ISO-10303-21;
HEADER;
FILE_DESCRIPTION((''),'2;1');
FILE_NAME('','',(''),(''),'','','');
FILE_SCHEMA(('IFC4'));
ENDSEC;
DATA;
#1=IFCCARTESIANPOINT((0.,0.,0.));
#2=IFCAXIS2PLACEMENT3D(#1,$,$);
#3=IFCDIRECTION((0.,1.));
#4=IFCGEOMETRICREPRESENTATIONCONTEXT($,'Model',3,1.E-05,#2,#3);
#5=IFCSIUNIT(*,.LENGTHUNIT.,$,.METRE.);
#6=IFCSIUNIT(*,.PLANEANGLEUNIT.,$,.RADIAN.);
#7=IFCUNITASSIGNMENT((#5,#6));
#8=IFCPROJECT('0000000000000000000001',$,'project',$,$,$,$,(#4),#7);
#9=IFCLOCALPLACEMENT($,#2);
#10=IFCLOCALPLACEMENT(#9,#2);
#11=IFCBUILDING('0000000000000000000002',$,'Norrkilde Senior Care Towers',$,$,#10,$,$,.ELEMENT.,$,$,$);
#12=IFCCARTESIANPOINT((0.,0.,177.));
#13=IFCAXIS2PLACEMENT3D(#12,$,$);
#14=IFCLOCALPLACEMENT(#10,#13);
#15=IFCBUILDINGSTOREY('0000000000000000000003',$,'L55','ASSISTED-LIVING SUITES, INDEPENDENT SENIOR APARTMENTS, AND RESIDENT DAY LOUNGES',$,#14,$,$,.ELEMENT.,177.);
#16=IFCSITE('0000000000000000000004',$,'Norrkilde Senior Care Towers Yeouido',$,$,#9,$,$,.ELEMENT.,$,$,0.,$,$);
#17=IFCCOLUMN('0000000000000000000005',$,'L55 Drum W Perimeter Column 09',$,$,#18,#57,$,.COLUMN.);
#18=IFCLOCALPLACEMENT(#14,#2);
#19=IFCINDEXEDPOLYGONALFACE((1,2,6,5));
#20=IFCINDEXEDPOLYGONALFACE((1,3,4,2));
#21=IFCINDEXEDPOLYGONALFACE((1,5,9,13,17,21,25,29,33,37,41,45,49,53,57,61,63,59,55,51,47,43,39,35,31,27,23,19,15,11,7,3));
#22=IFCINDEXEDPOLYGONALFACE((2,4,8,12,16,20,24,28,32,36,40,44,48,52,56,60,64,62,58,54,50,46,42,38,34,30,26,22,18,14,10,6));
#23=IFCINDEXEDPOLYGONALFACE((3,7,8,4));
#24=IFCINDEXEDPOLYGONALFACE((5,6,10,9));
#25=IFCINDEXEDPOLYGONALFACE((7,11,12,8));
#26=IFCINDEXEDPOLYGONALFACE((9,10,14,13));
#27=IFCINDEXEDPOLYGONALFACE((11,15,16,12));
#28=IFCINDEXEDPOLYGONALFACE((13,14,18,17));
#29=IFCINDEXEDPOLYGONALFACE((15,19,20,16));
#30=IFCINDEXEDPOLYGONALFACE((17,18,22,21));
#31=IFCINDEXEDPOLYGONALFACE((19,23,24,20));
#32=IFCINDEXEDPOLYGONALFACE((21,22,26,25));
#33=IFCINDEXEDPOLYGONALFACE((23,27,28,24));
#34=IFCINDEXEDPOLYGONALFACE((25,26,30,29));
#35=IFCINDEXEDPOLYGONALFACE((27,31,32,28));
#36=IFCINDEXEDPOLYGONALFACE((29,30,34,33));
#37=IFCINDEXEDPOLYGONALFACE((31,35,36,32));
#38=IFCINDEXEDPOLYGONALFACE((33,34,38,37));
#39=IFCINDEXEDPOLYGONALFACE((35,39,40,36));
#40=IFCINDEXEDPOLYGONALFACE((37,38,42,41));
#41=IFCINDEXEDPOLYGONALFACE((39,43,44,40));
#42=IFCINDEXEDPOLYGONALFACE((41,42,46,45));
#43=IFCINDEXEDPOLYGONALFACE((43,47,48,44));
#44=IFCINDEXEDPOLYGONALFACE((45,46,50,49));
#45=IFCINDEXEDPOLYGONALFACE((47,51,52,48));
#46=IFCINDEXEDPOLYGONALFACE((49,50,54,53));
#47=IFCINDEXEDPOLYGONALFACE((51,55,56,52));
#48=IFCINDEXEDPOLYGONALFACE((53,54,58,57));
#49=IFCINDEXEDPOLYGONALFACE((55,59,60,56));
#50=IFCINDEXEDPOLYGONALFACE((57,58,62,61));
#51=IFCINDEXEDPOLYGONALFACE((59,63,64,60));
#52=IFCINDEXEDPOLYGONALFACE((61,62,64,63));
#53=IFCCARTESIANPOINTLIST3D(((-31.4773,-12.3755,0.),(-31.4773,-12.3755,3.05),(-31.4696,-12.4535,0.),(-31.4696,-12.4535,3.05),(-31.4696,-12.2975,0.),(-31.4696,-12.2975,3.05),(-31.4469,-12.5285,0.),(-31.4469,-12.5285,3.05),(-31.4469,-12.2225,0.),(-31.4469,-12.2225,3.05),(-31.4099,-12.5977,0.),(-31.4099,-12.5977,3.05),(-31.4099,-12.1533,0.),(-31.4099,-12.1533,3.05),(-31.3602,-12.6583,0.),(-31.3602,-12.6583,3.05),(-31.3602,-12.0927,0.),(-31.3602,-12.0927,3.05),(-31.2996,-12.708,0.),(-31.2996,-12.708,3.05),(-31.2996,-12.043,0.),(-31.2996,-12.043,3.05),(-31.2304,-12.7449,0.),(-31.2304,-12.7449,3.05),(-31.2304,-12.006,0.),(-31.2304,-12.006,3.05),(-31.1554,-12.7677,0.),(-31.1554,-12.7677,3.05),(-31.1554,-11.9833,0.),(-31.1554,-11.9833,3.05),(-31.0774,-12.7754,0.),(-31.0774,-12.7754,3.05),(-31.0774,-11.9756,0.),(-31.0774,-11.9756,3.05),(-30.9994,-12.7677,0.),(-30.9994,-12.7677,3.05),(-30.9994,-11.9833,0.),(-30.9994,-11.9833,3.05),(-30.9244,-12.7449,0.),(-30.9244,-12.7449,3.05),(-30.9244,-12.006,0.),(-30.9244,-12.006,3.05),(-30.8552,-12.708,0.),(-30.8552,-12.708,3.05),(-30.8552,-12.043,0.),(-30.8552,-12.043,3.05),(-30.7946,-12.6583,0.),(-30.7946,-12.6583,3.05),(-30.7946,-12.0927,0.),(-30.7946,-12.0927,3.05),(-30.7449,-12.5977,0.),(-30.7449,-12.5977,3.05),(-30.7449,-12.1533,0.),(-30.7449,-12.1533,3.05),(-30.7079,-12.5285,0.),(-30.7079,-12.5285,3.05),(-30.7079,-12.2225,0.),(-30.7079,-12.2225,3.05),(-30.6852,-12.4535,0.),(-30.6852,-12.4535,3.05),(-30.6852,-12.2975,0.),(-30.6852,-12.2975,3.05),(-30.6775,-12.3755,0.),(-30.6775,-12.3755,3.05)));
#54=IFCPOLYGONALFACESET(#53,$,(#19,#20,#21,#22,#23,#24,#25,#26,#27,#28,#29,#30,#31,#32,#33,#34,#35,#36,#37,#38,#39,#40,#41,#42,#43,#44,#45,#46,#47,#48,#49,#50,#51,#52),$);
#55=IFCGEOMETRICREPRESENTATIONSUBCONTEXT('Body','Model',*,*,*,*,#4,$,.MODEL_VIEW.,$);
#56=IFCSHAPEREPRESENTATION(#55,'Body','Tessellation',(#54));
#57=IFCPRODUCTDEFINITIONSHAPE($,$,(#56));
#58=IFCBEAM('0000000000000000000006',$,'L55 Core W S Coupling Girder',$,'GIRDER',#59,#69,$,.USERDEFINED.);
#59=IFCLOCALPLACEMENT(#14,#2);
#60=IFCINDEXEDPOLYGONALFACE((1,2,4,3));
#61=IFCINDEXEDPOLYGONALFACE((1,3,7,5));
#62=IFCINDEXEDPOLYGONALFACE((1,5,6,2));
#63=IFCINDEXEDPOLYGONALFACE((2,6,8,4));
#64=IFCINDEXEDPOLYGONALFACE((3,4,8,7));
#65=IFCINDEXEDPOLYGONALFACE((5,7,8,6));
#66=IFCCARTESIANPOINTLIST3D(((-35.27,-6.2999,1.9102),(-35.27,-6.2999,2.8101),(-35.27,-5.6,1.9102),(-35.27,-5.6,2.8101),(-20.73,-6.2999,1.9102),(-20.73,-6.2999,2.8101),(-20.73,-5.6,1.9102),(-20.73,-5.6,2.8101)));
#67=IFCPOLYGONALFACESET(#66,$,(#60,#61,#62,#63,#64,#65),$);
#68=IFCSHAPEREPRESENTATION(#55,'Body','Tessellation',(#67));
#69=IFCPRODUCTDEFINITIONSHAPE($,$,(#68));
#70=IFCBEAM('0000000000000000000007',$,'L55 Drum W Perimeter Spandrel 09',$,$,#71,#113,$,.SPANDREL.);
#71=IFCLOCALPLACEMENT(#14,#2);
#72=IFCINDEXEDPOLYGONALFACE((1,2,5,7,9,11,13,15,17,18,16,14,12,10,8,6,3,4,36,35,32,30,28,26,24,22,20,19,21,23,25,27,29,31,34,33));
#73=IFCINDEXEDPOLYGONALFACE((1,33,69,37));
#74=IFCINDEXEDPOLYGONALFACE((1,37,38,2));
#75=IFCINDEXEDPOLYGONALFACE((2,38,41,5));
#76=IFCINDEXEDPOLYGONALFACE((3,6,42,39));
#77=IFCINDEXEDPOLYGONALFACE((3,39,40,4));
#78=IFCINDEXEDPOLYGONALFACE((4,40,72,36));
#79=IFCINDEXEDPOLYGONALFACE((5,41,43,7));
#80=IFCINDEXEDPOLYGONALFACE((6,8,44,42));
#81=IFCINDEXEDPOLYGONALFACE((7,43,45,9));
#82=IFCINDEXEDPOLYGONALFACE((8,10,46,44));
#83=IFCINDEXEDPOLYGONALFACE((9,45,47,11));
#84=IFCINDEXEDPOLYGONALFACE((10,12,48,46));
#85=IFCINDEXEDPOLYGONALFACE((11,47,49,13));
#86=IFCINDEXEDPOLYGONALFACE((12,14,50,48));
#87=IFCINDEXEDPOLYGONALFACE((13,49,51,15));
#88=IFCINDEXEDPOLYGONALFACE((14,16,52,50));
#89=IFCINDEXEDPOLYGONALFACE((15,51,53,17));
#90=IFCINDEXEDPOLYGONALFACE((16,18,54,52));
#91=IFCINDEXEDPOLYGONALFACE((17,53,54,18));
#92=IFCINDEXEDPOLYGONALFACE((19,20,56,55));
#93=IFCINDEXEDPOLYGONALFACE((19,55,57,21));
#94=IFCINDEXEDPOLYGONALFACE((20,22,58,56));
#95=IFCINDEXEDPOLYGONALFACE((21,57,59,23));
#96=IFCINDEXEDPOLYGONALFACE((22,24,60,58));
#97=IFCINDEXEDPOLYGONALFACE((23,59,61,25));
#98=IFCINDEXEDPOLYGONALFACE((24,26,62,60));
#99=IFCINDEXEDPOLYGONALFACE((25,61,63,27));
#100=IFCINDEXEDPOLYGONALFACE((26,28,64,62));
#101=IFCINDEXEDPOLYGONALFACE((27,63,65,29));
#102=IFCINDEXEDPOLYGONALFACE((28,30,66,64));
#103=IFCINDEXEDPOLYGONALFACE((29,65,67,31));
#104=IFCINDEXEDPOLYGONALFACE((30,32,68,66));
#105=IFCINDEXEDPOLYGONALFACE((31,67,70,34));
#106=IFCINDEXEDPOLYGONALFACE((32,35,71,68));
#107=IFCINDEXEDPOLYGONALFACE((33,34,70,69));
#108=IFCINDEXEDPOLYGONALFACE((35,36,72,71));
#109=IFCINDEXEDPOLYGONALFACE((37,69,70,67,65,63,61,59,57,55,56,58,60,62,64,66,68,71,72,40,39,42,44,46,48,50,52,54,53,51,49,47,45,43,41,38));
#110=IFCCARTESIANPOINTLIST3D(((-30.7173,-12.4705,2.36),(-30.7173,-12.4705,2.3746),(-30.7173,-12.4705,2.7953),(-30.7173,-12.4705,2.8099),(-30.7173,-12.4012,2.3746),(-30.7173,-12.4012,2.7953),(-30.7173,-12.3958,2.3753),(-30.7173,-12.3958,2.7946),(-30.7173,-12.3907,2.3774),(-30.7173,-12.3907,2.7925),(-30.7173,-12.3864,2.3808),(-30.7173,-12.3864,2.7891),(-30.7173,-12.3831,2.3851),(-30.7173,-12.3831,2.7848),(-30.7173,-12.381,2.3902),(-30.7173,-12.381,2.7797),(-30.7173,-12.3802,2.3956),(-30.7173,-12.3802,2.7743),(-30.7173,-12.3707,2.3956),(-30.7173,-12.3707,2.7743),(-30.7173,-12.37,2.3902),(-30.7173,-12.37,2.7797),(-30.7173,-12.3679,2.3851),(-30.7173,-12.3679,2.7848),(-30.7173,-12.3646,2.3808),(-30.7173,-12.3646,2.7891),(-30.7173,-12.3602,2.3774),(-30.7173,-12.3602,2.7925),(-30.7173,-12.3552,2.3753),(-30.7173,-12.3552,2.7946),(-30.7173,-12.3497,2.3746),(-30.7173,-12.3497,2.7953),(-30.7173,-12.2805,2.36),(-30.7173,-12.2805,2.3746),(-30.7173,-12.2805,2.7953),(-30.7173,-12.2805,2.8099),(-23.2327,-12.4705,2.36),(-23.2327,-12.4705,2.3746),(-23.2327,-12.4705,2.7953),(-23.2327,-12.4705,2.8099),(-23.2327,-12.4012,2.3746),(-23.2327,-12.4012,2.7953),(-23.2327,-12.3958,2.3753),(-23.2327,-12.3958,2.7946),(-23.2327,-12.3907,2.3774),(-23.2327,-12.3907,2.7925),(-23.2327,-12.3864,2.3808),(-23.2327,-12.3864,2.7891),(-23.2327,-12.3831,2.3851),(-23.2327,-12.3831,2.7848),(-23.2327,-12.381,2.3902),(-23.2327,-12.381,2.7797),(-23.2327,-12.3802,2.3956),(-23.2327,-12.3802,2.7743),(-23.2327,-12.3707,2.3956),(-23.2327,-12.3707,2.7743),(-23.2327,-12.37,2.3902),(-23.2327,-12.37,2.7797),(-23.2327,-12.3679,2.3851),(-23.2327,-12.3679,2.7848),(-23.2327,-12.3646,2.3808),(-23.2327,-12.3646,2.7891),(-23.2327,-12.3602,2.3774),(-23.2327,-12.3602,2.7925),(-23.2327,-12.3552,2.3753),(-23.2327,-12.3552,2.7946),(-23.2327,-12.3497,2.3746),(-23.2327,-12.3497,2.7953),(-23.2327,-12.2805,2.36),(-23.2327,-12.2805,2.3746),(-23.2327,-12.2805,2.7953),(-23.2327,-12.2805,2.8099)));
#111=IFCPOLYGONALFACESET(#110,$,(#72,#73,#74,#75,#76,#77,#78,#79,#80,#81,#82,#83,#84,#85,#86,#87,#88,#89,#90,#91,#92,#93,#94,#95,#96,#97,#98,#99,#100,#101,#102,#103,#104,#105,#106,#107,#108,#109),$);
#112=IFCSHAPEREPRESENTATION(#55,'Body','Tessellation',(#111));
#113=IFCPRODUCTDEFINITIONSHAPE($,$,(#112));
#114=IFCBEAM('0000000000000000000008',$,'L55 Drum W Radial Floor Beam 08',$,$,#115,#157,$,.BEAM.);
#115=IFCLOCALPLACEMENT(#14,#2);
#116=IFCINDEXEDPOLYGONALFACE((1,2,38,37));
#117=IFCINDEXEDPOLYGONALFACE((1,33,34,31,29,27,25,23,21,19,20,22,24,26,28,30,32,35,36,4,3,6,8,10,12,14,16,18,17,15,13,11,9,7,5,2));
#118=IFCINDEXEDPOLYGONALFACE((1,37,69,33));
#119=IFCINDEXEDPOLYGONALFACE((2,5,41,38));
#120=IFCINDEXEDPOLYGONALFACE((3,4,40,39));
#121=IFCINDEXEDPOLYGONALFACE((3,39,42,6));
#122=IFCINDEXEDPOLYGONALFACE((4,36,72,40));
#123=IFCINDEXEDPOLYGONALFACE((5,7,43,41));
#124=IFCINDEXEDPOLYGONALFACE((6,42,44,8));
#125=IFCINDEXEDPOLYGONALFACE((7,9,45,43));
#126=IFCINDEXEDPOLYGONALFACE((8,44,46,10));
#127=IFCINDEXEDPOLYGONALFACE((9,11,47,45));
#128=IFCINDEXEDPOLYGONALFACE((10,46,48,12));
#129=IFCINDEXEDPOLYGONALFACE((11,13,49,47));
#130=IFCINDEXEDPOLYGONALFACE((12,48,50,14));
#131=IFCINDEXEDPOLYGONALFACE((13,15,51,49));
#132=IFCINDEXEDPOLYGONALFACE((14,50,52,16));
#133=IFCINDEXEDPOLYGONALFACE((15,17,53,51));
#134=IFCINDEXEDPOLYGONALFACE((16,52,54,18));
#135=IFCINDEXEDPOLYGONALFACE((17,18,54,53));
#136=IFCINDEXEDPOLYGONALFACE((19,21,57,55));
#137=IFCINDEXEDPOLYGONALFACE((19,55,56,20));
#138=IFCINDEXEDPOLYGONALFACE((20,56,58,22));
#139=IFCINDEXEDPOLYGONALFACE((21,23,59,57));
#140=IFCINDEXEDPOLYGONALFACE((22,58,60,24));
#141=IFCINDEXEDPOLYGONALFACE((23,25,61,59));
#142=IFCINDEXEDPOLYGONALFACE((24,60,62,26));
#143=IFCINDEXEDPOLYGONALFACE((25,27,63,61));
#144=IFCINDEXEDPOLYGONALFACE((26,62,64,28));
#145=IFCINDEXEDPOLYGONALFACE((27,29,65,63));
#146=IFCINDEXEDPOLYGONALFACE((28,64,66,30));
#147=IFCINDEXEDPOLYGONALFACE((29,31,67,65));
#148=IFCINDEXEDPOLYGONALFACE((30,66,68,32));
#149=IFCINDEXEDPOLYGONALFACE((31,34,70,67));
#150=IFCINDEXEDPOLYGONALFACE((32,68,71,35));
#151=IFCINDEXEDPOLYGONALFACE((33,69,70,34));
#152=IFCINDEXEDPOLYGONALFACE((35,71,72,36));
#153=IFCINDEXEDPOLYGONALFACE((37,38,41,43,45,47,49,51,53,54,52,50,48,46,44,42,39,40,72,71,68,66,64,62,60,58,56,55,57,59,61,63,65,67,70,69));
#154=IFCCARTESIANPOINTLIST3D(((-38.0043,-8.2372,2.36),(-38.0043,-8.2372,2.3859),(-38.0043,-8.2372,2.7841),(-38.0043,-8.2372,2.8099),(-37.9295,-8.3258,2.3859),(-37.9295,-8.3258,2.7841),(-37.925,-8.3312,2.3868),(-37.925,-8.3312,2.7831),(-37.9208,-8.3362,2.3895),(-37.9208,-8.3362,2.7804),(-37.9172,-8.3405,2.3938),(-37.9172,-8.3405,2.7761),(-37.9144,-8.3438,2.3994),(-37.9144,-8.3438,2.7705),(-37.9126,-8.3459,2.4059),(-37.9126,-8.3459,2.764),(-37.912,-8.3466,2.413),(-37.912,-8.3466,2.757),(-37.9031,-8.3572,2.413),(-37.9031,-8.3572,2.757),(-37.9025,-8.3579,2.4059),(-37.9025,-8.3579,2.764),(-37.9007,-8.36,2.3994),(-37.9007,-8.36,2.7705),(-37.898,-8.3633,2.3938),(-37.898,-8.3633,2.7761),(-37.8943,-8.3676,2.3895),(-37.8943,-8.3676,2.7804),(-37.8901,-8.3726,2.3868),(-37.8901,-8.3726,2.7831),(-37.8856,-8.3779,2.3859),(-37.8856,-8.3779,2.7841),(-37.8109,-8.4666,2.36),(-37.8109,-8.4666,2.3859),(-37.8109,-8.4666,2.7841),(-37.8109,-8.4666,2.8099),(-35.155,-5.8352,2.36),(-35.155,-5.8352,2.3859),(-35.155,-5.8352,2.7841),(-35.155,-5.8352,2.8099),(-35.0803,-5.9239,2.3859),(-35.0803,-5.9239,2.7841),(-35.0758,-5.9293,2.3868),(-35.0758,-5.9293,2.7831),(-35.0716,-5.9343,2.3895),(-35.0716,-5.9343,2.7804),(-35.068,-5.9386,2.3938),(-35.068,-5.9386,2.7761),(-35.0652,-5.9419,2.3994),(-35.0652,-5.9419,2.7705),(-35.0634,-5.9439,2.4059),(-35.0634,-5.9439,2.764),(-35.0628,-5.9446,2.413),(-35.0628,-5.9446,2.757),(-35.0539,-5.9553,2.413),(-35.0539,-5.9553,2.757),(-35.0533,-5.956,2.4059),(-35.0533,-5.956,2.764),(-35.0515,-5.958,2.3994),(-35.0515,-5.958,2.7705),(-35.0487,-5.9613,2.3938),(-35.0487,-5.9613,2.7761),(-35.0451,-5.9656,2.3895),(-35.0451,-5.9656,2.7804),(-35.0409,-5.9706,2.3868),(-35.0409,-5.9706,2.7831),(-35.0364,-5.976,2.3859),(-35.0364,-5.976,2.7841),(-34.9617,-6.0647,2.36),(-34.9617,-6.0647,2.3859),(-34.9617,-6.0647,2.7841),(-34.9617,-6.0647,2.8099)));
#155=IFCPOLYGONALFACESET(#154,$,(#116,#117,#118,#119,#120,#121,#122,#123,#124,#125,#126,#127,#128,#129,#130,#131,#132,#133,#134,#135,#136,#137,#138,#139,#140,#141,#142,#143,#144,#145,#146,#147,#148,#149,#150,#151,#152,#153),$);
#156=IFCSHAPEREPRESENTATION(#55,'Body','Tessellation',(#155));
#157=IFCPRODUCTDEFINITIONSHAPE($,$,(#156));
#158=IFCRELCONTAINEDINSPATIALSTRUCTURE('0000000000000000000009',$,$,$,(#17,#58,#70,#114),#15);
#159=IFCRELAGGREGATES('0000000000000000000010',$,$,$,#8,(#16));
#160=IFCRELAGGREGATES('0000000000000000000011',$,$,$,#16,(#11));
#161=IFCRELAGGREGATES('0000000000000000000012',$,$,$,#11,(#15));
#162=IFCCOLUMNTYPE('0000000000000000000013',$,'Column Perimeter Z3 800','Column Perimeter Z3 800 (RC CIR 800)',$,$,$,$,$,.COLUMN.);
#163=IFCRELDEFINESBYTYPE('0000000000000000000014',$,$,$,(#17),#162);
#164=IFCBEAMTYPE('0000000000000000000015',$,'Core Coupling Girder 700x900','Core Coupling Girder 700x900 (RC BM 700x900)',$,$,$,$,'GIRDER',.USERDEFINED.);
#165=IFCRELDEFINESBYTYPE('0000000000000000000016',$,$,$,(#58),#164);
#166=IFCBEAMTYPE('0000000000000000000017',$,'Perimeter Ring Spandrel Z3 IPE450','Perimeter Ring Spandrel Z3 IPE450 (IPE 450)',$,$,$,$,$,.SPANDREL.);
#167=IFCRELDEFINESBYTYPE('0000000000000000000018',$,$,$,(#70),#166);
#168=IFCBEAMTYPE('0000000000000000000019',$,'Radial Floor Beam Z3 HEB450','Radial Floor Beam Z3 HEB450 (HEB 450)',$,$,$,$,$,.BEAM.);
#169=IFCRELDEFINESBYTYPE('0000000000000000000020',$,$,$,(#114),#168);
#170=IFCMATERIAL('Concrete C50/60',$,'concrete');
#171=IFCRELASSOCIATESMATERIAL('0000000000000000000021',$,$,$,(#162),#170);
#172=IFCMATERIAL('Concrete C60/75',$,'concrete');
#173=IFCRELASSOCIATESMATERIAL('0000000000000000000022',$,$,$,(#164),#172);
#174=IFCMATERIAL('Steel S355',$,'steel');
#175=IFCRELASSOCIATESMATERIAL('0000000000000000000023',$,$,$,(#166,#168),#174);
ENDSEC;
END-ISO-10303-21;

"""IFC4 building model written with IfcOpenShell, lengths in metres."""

from ifc_helpers import new_model, si_unit, direction, frame, origin, origin_2d, place, context, subcontext, project, spatial, rectangle, circle, i_section, extrude, source, transform, mapped, material, material_profile, profile_set, type_object, type_shapes, element, save


model = new_model("IFC4")

# Units and contexts
model_context = context("Model", 3, precision=1e-05, world=origin(), true_north=direction((0.0, 1.0)))
body_context = subcontext(model_context, "Body", "Model", "MODEL_VIEW")
ifc_project = project(units=[si_unit("LENGTHUNIT", "METRE"), si_unit("PLANEANGLEUNIT", "RADIAN")], contexts=[model_context])

# Site, building, storey
site_placement = place(None, origin())
site = spatial("IfcSite", under=ifc_project, at=site_placement, Name="Norrkilde Senior Care Towers Yeouido", CompositionType="ELEMENT", RefElevation=0.0)
building_placement = place(site_placement, origin())
building = spatial("IfcBuilding", under=site, at=building_placement, Name="Norrkilde Senior Care Towers", CompositionType="ELEMENT")
storey_placement = place(building_placement, frame((0.0, 0.0, 177.0)))
storey = spatial("IfcBuildingStorey", under=building, at=storey_placement, Name="L55", Description="ASSISTED-LIVING SUITES, INDEPENDENT SENIOR APARTMENTS, AND RESIDENT DAY LOUNGES", CompositionType="ELEMENT", Elevation=177.0)

# Column
ifc_material_1 = material(Name="Concrete C50/60", Category="concrete")
ifc_material_profile_1 = material_profile(ifc_material_1, circle(Radius=0.3999, at=origin_2d()), Name="RC CIR 800")
ifc_profile_set_1 = profile_set([ifc_material_profile_1], Name="Concrete C50/60")
column_type = type_object("IfcColumnType", Name="Column Perimeter Z3 800", Description="Column Perimeter Z3 800 (RC CIR 800)", PredefinedType="COLUMN", material=ifc_profile_set_1)
shared_shape_1 = source(origin(), body_context, "Body", "SweptSolid", [
    extrude(circle(Radius=0.3999, at=origin_2d()), origin(), (0.0, 0.0, 1.0), 3.05),
])
type_shapes(column_type, [shared_shape_1])
column_placement = place(storey_placement, frame((-31.0774, -12.3755, 0.0), z_axis=(0.0, 0.0, 1.0), x_axis=(1.0, 0.0, 0.0)))
element("IfcColumn", 1, at=column_placement, inside=storey, type_object=column_type, Name="L55 Drum W Perimeter Column 09", PredefinedType="COLUMN", context=body_context, shape_type="MappedRepresentation", body=[
    mapped(shared_shape_1, transform((0.0, 0.0, 0.0), x_axis=(1.0, 0.0, 0.0), y_axis=(0.0, 1.0, 0.0), z_axis=(0.0, 0.0, 1.0), scale=1.0)),
])

# Beams
ifc_material_2 = material(Name="Concrete C60/75", Category="concrete")
ifc_material_profile_2 = material_profile(ifc_material_2, rectangle(XDim=0.7, YDim=0.8999, at=origin_2d()), Name="RC BM 700x900")
ifc_profile_set_2 = profile_set([ifc_material_profile_2], Name="Concrete C60/75")
beam_type_1 = type_object("IfcBeamType", Name="Core Coupling Girder 700x900", Description="Core Coupling Girder 700x900 (RC BM 700x900)", ElementType="GIRDER", PredefinedType="USERDEFINED", material=ifc_profile_set_2)
shared_shape_2 = source(origin(), body_context, "Body", "SweptSolid", [
    extrude(rectangle(XDim=0.7, YDim=0.8999, at=origin_2d()), origin(), (0.0, 0.0, 1.0), 14.54),
])
type_shapes(beam_type_1, [shared_shape_2])
beam_1_placement = place(storey_placement, frame((-35.27, -5.95, 2.3601), z_axis=(1.0, 0.0, 0.0), x_axis=(0.0, 1.0, 0.0)))
element("IfcBeam", 2, at=beam_1_placement, inside=storey, type_object=beam_type_1, Name="L55 Core W S Coupling Girder", ObjectType="GIRDER", PredefinedType="USERDEFINED", context=body_context, shape_type="MappedRepresentation", body=[
    mapped(shared_shape_2, transform((0.0, 0.0, 0.0), x_axis=(1.0, 0.0, 0.0), y_axis=(0.0, 1.0, 0.0), z_axis=(0.0, 0.0, 1.0), scale=1.0)),
])
ifc_material_3 = material(Name="Steel S355", Category="steel")
ifc_material_profile_3 = material_profile(ifc_material_3, i_section(OverallWidth=0.1899, OverallDepth=0.45, WebThickness=0.0095, FlangeThickness=0.0146, FilletRadius=0.021, at=origin_2d()), Name="IPE 450")
ifc_profile_set_3 = profile_set([ifc_material_profile_3], Name="Steel S355")
beam_type_2 = type_object("IfcBeamType", Name="Perimeter Ring Spandrel Z3 IPE450", Description="Perimeter Ring Spandrel Z3 IPE450 (IPE 450)", PredefinedType="SPANDREL", material=ifc_profile_set_3)
shared_shape_3 = source(origin(), body_context, "Body", "SweptSolid", [
    extrude(i_section(OverallWidth=0.1899, OverallDepth=0.45, WebThickness=0.0095, FlangeThickness=0.0146, FilletRadius=0.021, at=origin_2d()), origin(), (0.0, 0.0, 1.0), 7.4846),
])
type_shapes(beam_type_2, [shared_shape_3])
beam_2_placement = place(storey_placement, frame((-30.7173, -12.3755, 2.585), z_axis=(1.0, 0.0, 0.0), x_axis=(0.0, 1.0, 0.0)))
element("IfcBeam", 3, at=beam_2_placement, inside=storey, type_object=beam_type_2, Name="L55 Drum W Perimeter Spandrel 09", PredefinedType="SPANDREL", context=body_context, shape_type="MappedRepresentation", body=[
    mapped(shared_shape_3, transform((0.0, 0.0, 0.0), x_axis=(1.0, 0.0, 0.0), y_axis=(0.0, 1.0, 0.0), z_axis=(0.0, 0.0, 1.0), scale=1.0)),
])
ifc_material_profile_4 = material_profile(ifc_material_3, i_section(OverallWidth=0.3, OverallDepth=0.45, WebThickness=0.0139, FlangeThickness=0.0259, FilletRadius=0.0271, at=origin_2d()), Name="HEB 450")
ifc_profile_set_4 = profile_set([ifc_material_profile_4], Name="Steel S355")
beam_type_3 = type_object("IfcBeamType", Name="Radial Floor Beam Z3 HEB450", Description="Radial Floor Beam Z3 HEB450 (HEB 450)", PredefinedType="BEAM", material=ifc_profile_set_4)
shared_shape_4 = source(origin(), body_context, "Body", "SweptSolid", [
    extrude(i_section(OverallWidth=0.3, OverallDepth=0.45, WebThickness=0.0139, FlangeThickness=0.0259, FilletRadius=0.0271, at=origin_2d()), origin(), (0.0, 0.0, 1.0), 3.7266),
])
beam_3_placement = place(storey_placement, frame((-35.0583, -5.95, 2.585), z_axis=(-0.764568, -0.644543, 0.0), x_axis=(0.644543, -0.764568, 0.0)))
element("IfcBeam", 4, at=beam_3_placement, inside=storey, type_object=beam_type_3, Name="L55 Drum W Radial Floor Beam 08", PredefinedType="BEAM", context=body_context, shape_type="MappedRepresentation", body=[
    mapped(shared_shape_4, transform((0.0, 0.0, 0.0), x_axis=(1.0, 0.0, 0.0), y_axis=(0.0, 1.0, 0.0), z_axis=(0.0, 0.0, 1.0), scale=1.0)),
])

save(model, "model.ifc")
